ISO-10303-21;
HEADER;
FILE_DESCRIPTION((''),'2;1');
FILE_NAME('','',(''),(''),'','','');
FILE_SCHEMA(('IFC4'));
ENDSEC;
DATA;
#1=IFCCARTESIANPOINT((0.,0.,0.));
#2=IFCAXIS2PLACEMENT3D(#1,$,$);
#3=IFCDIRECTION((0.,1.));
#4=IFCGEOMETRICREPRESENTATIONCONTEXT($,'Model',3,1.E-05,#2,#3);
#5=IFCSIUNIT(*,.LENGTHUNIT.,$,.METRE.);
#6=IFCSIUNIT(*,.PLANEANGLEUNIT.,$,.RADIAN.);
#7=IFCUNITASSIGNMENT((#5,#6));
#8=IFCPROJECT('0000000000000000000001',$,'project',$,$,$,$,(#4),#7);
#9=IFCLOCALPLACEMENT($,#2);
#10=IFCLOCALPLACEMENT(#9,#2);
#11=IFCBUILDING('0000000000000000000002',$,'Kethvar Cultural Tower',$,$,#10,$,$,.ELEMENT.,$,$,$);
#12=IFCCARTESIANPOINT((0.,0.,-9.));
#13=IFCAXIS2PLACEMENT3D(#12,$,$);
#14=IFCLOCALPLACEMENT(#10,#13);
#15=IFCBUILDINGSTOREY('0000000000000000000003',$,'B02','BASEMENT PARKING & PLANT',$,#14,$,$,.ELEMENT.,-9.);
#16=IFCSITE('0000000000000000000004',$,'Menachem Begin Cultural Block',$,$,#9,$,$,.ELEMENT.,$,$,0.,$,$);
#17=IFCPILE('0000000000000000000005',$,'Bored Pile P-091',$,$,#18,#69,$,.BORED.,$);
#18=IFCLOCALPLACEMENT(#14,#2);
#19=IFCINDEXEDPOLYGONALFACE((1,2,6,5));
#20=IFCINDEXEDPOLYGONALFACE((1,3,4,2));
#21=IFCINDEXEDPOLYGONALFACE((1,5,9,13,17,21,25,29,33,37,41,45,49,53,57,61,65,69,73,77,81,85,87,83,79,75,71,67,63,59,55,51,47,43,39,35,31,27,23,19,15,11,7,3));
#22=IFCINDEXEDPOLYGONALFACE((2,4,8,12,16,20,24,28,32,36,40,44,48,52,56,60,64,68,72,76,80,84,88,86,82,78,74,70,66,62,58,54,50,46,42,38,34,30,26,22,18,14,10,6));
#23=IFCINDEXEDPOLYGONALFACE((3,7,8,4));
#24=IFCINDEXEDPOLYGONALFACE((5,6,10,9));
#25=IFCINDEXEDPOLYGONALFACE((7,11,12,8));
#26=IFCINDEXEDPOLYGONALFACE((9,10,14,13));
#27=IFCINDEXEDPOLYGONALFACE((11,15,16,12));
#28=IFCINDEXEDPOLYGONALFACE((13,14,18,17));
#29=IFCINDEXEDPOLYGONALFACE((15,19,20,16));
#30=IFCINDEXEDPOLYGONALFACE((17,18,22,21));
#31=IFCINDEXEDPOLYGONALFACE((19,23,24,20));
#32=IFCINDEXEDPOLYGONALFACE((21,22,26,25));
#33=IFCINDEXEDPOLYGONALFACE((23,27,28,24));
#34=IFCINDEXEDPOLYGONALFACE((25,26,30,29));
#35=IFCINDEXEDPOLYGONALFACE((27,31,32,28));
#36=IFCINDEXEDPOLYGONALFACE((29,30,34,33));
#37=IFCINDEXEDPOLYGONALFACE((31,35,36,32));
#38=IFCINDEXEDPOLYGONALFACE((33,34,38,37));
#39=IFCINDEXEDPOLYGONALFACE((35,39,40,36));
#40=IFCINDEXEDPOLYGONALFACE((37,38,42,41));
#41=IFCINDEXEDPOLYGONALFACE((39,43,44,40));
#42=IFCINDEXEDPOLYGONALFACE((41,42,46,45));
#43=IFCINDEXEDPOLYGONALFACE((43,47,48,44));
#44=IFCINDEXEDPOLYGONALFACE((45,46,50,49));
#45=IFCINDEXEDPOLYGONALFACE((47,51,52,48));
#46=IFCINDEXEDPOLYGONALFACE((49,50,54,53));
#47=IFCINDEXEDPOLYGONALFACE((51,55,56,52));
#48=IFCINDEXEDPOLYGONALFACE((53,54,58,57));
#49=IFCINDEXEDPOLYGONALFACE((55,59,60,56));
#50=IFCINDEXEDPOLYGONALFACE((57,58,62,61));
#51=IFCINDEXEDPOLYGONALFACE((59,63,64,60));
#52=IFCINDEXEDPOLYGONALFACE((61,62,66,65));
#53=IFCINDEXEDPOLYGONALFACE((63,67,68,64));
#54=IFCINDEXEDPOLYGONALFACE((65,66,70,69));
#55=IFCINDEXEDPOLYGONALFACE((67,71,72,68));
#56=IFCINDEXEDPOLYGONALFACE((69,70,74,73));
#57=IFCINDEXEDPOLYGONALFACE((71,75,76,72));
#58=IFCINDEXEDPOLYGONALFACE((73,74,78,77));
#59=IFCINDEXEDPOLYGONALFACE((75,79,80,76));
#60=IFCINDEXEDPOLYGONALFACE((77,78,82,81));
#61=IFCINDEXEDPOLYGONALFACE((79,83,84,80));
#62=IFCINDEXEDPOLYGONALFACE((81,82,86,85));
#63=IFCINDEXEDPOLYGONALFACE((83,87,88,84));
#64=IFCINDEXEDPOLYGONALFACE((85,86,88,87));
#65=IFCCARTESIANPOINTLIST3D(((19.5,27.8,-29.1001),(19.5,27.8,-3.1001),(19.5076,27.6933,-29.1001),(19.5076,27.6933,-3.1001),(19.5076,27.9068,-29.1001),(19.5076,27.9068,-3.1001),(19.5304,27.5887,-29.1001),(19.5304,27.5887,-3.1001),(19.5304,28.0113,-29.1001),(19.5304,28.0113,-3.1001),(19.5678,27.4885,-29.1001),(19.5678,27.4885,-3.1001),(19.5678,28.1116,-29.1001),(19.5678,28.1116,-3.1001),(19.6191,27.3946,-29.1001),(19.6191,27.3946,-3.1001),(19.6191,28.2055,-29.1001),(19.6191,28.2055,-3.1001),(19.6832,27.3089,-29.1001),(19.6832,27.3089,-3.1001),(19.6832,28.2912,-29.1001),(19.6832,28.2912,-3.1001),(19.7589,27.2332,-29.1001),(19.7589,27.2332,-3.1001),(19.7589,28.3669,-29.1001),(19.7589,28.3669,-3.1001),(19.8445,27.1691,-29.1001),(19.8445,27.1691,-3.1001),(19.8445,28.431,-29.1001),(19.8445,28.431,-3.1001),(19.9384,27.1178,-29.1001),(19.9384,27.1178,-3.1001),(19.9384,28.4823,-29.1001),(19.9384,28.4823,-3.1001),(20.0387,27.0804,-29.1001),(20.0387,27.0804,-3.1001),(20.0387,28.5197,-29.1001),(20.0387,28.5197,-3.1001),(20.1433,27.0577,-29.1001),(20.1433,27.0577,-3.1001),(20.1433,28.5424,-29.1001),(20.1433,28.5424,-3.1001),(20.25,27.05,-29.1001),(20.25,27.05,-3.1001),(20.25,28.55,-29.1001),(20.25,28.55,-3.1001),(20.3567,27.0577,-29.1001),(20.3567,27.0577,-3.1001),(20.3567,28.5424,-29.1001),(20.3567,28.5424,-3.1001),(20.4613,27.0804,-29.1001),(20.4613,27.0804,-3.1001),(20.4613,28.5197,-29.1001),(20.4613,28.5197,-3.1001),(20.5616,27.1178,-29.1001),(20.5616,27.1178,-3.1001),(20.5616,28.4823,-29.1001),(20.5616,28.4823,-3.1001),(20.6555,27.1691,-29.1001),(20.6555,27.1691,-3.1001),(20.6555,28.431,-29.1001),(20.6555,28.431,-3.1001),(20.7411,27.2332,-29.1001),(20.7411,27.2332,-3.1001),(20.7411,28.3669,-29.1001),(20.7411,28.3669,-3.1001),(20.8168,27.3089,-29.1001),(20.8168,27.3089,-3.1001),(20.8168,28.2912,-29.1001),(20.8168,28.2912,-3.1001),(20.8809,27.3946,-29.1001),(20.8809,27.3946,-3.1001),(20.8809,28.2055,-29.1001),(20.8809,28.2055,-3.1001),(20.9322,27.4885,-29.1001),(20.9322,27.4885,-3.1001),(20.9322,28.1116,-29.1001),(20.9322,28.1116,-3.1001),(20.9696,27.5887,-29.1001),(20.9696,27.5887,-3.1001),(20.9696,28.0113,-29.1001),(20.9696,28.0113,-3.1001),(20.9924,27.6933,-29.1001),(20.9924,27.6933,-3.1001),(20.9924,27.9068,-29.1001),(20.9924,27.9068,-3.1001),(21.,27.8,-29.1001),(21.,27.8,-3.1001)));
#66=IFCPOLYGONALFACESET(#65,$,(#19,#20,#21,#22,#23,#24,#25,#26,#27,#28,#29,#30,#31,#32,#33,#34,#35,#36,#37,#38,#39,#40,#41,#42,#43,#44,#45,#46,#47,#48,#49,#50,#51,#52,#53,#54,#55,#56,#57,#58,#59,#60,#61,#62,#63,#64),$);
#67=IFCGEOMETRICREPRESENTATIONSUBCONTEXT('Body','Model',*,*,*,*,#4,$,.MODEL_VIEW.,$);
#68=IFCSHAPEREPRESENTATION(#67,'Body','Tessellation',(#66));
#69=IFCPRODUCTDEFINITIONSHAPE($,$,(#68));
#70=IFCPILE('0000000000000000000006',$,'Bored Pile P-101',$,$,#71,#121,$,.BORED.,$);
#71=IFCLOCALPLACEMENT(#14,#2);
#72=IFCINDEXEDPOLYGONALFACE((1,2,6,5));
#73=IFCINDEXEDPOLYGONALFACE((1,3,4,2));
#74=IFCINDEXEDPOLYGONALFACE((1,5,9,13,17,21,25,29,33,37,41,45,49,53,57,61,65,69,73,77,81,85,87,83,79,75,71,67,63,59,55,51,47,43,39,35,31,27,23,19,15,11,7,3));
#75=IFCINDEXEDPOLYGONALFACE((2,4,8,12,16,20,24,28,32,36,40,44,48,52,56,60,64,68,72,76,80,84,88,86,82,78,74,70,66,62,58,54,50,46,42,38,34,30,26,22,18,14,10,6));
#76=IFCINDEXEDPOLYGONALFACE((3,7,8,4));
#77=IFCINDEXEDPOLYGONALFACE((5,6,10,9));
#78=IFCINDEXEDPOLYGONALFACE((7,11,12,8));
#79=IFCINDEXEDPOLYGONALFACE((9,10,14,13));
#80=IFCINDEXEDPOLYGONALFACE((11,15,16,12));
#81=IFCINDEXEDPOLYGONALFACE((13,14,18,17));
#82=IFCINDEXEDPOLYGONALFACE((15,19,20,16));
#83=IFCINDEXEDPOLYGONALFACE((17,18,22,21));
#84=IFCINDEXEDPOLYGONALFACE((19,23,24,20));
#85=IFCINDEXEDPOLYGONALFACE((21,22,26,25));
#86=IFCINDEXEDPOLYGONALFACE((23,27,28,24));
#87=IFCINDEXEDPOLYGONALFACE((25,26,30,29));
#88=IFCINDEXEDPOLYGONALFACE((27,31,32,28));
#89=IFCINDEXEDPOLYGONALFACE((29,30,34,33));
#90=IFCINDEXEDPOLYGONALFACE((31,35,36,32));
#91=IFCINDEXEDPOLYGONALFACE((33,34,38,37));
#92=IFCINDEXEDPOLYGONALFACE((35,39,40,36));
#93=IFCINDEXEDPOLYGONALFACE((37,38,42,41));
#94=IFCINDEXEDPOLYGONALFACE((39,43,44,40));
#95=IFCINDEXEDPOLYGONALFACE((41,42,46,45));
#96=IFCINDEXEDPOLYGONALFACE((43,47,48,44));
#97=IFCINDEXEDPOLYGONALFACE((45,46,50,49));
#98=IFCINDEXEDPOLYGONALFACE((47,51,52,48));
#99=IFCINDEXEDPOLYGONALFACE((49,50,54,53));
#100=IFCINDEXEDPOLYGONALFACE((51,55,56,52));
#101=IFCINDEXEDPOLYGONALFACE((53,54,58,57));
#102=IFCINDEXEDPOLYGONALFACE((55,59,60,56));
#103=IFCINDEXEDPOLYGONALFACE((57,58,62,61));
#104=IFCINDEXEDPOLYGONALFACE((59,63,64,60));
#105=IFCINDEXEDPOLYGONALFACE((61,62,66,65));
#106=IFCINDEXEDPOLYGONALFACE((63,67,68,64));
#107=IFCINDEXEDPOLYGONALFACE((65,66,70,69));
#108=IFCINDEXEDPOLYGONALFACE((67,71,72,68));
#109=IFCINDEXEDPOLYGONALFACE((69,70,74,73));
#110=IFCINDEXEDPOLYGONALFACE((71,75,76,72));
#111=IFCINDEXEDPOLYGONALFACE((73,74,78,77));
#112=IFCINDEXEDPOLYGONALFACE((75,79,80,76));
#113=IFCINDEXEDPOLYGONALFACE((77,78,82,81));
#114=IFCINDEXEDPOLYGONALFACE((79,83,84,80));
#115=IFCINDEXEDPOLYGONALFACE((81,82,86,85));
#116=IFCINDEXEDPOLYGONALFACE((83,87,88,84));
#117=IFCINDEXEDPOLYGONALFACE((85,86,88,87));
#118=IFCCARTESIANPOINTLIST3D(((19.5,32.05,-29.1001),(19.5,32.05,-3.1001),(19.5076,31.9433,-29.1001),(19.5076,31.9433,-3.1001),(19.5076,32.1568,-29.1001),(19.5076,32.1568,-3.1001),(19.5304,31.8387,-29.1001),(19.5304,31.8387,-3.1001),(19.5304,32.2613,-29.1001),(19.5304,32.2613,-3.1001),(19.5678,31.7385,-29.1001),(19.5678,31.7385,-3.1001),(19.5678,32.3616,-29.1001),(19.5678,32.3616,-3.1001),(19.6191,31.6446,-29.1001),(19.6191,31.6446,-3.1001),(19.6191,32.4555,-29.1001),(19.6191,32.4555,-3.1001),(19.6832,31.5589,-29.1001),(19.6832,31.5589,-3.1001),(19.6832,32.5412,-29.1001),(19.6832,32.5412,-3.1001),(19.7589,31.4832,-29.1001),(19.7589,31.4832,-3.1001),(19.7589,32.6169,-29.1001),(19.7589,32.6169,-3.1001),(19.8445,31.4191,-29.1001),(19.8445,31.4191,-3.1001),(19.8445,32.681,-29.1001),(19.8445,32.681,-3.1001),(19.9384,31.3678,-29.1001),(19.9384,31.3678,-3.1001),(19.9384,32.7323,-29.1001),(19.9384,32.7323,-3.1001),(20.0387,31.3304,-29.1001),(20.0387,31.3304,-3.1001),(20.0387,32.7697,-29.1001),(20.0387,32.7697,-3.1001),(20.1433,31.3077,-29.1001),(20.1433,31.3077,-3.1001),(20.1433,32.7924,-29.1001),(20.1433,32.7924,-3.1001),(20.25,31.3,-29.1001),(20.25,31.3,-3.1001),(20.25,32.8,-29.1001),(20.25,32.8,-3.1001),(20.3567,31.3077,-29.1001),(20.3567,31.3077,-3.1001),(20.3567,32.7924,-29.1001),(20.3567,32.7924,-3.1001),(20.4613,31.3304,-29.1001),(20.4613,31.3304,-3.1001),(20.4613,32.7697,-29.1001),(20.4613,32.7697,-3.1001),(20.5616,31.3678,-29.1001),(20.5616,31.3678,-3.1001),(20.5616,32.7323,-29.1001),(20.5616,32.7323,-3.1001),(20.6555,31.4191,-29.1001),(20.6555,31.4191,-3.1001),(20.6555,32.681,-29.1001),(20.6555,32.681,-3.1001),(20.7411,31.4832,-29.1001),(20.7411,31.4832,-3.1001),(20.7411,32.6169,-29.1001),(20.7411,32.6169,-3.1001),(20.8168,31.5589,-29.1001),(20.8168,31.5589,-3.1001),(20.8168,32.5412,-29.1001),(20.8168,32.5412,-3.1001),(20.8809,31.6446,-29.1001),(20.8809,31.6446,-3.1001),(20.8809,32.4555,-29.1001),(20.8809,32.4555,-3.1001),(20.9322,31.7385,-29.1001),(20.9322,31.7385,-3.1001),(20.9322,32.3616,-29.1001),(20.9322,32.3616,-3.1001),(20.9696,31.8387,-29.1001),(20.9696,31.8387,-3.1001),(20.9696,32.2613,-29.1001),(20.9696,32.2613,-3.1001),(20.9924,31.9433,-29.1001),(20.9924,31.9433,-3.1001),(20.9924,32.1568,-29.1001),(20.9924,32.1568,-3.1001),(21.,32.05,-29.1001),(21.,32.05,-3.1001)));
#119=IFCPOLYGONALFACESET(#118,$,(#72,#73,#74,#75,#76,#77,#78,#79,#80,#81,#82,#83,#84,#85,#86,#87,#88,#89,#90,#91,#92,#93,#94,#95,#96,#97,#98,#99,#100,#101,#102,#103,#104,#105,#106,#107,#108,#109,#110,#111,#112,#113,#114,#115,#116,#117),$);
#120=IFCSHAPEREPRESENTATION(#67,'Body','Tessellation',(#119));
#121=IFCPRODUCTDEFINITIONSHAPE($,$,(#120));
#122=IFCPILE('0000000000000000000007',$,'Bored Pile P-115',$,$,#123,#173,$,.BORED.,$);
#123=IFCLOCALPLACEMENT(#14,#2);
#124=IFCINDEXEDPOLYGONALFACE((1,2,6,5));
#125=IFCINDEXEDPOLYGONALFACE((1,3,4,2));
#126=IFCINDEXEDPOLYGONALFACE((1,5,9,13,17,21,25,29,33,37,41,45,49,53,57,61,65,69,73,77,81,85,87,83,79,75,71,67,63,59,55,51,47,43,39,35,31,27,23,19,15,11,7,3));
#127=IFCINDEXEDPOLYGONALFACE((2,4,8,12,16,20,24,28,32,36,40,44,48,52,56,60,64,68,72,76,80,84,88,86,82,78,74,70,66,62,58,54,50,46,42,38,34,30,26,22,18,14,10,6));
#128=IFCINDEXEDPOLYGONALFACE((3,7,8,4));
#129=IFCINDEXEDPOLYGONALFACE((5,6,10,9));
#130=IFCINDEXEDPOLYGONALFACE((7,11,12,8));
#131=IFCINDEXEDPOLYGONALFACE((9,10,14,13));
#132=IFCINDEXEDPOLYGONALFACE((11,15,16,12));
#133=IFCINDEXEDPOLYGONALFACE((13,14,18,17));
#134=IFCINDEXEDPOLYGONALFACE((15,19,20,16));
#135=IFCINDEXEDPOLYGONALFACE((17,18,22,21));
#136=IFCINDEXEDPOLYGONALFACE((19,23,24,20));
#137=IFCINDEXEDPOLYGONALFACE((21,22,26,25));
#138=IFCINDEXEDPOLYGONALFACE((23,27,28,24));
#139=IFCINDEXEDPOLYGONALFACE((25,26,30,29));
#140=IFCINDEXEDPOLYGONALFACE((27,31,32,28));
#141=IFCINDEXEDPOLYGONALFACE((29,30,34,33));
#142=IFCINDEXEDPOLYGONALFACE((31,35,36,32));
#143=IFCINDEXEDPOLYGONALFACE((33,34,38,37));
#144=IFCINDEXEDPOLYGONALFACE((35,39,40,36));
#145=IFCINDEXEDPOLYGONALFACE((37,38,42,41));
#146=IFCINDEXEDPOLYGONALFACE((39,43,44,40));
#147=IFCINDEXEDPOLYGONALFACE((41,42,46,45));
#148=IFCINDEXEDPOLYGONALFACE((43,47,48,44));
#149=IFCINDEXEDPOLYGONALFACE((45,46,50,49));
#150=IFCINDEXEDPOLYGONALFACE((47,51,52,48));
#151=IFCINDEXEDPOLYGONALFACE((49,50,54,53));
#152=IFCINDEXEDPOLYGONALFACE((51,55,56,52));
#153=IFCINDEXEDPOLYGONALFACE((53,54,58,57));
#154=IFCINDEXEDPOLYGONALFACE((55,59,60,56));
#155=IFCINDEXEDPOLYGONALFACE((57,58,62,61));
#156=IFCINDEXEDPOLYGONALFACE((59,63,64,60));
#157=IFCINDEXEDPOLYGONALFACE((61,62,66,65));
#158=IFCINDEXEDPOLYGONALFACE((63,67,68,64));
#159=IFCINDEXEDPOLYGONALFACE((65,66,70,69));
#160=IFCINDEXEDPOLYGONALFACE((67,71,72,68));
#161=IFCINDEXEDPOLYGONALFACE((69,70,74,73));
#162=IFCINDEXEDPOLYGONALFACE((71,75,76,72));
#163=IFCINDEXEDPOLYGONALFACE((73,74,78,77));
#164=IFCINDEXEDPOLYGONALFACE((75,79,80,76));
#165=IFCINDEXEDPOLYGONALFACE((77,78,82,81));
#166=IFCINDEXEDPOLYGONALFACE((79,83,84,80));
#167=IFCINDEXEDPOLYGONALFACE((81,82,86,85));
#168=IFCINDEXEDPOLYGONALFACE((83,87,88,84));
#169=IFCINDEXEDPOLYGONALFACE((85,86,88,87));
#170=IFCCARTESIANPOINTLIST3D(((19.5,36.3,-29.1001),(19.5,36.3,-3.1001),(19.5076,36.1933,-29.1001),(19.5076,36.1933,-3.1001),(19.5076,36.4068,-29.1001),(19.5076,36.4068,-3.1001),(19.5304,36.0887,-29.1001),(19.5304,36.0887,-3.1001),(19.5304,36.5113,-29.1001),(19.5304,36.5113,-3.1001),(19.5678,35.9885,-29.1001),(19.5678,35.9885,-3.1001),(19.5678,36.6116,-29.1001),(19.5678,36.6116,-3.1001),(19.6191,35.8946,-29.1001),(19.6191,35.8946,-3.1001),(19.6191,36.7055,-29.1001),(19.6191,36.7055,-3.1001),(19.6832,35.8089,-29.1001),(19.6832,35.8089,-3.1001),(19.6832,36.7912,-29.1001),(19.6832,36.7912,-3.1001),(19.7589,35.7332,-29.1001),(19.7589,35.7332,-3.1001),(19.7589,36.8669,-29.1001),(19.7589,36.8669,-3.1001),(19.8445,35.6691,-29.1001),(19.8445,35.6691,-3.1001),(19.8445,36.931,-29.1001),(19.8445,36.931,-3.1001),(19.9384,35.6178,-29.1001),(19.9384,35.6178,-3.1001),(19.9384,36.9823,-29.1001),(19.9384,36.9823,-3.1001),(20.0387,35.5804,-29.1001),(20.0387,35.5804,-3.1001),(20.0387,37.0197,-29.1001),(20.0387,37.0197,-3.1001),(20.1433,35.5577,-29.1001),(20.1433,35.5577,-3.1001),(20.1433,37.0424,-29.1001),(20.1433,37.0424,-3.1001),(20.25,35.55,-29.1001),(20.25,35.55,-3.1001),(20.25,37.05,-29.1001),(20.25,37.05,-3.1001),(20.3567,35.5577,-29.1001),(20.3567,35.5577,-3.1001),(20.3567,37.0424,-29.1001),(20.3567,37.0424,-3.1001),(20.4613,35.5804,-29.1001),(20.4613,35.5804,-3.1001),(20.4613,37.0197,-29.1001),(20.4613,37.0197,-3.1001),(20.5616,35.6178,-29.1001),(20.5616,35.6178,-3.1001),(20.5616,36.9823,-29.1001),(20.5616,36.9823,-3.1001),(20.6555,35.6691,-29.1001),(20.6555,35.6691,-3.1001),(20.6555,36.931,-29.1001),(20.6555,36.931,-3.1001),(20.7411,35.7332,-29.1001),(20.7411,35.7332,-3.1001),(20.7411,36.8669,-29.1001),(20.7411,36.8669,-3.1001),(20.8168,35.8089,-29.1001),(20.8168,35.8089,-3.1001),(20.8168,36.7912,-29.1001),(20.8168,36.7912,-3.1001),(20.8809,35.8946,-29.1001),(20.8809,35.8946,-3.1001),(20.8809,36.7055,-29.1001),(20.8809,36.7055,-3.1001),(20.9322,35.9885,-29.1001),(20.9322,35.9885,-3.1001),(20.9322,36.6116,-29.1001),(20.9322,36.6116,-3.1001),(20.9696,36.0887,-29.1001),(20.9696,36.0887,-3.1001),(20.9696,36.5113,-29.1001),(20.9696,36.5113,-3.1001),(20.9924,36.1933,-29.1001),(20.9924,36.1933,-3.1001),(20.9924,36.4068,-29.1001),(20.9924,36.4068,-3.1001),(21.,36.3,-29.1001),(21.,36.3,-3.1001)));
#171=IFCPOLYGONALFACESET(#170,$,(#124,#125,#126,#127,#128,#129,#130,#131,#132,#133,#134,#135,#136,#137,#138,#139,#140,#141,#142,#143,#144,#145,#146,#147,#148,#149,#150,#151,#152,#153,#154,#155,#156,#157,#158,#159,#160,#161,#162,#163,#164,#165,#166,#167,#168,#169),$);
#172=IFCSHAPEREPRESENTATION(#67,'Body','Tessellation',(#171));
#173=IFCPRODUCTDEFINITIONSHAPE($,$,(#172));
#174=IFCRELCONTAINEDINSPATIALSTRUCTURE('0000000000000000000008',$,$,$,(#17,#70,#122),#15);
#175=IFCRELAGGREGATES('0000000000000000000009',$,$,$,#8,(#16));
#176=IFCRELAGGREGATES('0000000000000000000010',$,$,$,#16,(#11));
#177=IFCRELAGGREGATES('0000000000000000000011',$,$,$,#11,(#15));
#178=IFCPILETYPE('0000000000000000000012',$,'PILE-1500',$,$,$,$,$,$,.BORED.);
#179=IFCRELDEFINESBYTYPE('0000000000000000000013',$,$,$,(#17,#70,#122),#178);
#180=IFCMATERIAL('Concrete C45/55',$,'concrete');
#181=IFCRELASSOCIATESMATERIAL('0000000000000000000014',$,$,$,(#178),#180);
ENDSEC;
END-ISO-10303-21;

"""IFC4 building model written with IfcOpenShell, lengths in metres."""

from ifc_helpers import new_model, si_unit, direction, frame, origin, origin_2d, place, context, subcontext, project, spatial, circle, extrude, source, transform, mapped, material, material_profile, profile_set, type_object, element, save


model = new_model("IFC4")

# Units and contexts
model_context = context("Model", 3, precision=1e-05, world=origin(), true_north=direction((0.0, 1.0)))
body_context = subcontext(model_context, "Body", "Model", "MODEL_VIEW")
ifc_project = project(units=[si_unit("LENGTHUNIT", "METRE"), si_unit("PLANEANGLEUNIT", "RADIAN")], contexts=[model_context])

# Site, building, storey
site_placement = place(None, origin())
site = spatial("IfcSite", under=ifc_project, at=site_placement, Name="Menachem Begin Cultural Block", CompositionType="ELEMENT", RefElevation=0.0)
building_placement = place(site_placement, origin())
building = spatial("IfcBuilding", under=site, at=building_placement, Name="Kethvar Cultural Tower", CompositionType="ELEMENT")
storey_placement = place(building_placement, frame((0.0, 0.0, -9.0)))
storey = spatial("IfcBuildingStorey", under=building, at=storey_placement, Name="B02", Description="BASEMENT PARKING & PLANT", CompositionType="ELEMENT", Elevation=-9.0)

# Piles
ifc_material_1 = material(Name="Concrete C45/55", Category="concrete")
ifc_material_profile_1 = material_profile(ifc_material_1, circle(Radius=0.75, at=origin_2d()), Name="Concrete C45/55 — PILE1500")
ifc_profile_set_1 = profile_set([ifc_material_profile_1], Name="Concrete C45/55 — PILE1500")
pile_type = type_object("IfcPileType", Name="PILE-1500", PredefinedType="BORED", material=ifc_profile_set_1)
shared_shape_1 = source(origin(), body_context, "Body", "SweptSolid", [
    extrude(circle(Radius=0.75, at=origin_2d()), origin(), (0.0, 0.0, 1.0), 26.0),
])
for number, where, z_axis, x_axis, name in (
    (1, (20.25, 27.8, -3.1001), (0.0, 0.0, -1.0), (1.0, 0.0, 0.0), "Bored Pile P-091"),
    (2, (20.25, 32.05, -3.1001), (0.0, 0.0, -1.0), (1.0, 0.0, 0.0), "Bored Pile P-101"),
    (3, (20.25, 36.3, -3.1001), (0.0, 0.0, -1.0), (1.0, 0.0, 0.0), "Bored Pile P-115"),
):
    element("IfcPile", number, at=place(storey_placement, frame(where, z_axis=z_axis, x_axis=x_axis)), inside=storey, type_object=pile_type, Name=name, PredefinedType="BORED", context=body_context, shape_type="MappedRepresentation", body=[
        mapped(shared_shape_1, transform((0.0, 0.0, 0.0), scale=1.0)),
    ])

save(model, "model.ifc")
